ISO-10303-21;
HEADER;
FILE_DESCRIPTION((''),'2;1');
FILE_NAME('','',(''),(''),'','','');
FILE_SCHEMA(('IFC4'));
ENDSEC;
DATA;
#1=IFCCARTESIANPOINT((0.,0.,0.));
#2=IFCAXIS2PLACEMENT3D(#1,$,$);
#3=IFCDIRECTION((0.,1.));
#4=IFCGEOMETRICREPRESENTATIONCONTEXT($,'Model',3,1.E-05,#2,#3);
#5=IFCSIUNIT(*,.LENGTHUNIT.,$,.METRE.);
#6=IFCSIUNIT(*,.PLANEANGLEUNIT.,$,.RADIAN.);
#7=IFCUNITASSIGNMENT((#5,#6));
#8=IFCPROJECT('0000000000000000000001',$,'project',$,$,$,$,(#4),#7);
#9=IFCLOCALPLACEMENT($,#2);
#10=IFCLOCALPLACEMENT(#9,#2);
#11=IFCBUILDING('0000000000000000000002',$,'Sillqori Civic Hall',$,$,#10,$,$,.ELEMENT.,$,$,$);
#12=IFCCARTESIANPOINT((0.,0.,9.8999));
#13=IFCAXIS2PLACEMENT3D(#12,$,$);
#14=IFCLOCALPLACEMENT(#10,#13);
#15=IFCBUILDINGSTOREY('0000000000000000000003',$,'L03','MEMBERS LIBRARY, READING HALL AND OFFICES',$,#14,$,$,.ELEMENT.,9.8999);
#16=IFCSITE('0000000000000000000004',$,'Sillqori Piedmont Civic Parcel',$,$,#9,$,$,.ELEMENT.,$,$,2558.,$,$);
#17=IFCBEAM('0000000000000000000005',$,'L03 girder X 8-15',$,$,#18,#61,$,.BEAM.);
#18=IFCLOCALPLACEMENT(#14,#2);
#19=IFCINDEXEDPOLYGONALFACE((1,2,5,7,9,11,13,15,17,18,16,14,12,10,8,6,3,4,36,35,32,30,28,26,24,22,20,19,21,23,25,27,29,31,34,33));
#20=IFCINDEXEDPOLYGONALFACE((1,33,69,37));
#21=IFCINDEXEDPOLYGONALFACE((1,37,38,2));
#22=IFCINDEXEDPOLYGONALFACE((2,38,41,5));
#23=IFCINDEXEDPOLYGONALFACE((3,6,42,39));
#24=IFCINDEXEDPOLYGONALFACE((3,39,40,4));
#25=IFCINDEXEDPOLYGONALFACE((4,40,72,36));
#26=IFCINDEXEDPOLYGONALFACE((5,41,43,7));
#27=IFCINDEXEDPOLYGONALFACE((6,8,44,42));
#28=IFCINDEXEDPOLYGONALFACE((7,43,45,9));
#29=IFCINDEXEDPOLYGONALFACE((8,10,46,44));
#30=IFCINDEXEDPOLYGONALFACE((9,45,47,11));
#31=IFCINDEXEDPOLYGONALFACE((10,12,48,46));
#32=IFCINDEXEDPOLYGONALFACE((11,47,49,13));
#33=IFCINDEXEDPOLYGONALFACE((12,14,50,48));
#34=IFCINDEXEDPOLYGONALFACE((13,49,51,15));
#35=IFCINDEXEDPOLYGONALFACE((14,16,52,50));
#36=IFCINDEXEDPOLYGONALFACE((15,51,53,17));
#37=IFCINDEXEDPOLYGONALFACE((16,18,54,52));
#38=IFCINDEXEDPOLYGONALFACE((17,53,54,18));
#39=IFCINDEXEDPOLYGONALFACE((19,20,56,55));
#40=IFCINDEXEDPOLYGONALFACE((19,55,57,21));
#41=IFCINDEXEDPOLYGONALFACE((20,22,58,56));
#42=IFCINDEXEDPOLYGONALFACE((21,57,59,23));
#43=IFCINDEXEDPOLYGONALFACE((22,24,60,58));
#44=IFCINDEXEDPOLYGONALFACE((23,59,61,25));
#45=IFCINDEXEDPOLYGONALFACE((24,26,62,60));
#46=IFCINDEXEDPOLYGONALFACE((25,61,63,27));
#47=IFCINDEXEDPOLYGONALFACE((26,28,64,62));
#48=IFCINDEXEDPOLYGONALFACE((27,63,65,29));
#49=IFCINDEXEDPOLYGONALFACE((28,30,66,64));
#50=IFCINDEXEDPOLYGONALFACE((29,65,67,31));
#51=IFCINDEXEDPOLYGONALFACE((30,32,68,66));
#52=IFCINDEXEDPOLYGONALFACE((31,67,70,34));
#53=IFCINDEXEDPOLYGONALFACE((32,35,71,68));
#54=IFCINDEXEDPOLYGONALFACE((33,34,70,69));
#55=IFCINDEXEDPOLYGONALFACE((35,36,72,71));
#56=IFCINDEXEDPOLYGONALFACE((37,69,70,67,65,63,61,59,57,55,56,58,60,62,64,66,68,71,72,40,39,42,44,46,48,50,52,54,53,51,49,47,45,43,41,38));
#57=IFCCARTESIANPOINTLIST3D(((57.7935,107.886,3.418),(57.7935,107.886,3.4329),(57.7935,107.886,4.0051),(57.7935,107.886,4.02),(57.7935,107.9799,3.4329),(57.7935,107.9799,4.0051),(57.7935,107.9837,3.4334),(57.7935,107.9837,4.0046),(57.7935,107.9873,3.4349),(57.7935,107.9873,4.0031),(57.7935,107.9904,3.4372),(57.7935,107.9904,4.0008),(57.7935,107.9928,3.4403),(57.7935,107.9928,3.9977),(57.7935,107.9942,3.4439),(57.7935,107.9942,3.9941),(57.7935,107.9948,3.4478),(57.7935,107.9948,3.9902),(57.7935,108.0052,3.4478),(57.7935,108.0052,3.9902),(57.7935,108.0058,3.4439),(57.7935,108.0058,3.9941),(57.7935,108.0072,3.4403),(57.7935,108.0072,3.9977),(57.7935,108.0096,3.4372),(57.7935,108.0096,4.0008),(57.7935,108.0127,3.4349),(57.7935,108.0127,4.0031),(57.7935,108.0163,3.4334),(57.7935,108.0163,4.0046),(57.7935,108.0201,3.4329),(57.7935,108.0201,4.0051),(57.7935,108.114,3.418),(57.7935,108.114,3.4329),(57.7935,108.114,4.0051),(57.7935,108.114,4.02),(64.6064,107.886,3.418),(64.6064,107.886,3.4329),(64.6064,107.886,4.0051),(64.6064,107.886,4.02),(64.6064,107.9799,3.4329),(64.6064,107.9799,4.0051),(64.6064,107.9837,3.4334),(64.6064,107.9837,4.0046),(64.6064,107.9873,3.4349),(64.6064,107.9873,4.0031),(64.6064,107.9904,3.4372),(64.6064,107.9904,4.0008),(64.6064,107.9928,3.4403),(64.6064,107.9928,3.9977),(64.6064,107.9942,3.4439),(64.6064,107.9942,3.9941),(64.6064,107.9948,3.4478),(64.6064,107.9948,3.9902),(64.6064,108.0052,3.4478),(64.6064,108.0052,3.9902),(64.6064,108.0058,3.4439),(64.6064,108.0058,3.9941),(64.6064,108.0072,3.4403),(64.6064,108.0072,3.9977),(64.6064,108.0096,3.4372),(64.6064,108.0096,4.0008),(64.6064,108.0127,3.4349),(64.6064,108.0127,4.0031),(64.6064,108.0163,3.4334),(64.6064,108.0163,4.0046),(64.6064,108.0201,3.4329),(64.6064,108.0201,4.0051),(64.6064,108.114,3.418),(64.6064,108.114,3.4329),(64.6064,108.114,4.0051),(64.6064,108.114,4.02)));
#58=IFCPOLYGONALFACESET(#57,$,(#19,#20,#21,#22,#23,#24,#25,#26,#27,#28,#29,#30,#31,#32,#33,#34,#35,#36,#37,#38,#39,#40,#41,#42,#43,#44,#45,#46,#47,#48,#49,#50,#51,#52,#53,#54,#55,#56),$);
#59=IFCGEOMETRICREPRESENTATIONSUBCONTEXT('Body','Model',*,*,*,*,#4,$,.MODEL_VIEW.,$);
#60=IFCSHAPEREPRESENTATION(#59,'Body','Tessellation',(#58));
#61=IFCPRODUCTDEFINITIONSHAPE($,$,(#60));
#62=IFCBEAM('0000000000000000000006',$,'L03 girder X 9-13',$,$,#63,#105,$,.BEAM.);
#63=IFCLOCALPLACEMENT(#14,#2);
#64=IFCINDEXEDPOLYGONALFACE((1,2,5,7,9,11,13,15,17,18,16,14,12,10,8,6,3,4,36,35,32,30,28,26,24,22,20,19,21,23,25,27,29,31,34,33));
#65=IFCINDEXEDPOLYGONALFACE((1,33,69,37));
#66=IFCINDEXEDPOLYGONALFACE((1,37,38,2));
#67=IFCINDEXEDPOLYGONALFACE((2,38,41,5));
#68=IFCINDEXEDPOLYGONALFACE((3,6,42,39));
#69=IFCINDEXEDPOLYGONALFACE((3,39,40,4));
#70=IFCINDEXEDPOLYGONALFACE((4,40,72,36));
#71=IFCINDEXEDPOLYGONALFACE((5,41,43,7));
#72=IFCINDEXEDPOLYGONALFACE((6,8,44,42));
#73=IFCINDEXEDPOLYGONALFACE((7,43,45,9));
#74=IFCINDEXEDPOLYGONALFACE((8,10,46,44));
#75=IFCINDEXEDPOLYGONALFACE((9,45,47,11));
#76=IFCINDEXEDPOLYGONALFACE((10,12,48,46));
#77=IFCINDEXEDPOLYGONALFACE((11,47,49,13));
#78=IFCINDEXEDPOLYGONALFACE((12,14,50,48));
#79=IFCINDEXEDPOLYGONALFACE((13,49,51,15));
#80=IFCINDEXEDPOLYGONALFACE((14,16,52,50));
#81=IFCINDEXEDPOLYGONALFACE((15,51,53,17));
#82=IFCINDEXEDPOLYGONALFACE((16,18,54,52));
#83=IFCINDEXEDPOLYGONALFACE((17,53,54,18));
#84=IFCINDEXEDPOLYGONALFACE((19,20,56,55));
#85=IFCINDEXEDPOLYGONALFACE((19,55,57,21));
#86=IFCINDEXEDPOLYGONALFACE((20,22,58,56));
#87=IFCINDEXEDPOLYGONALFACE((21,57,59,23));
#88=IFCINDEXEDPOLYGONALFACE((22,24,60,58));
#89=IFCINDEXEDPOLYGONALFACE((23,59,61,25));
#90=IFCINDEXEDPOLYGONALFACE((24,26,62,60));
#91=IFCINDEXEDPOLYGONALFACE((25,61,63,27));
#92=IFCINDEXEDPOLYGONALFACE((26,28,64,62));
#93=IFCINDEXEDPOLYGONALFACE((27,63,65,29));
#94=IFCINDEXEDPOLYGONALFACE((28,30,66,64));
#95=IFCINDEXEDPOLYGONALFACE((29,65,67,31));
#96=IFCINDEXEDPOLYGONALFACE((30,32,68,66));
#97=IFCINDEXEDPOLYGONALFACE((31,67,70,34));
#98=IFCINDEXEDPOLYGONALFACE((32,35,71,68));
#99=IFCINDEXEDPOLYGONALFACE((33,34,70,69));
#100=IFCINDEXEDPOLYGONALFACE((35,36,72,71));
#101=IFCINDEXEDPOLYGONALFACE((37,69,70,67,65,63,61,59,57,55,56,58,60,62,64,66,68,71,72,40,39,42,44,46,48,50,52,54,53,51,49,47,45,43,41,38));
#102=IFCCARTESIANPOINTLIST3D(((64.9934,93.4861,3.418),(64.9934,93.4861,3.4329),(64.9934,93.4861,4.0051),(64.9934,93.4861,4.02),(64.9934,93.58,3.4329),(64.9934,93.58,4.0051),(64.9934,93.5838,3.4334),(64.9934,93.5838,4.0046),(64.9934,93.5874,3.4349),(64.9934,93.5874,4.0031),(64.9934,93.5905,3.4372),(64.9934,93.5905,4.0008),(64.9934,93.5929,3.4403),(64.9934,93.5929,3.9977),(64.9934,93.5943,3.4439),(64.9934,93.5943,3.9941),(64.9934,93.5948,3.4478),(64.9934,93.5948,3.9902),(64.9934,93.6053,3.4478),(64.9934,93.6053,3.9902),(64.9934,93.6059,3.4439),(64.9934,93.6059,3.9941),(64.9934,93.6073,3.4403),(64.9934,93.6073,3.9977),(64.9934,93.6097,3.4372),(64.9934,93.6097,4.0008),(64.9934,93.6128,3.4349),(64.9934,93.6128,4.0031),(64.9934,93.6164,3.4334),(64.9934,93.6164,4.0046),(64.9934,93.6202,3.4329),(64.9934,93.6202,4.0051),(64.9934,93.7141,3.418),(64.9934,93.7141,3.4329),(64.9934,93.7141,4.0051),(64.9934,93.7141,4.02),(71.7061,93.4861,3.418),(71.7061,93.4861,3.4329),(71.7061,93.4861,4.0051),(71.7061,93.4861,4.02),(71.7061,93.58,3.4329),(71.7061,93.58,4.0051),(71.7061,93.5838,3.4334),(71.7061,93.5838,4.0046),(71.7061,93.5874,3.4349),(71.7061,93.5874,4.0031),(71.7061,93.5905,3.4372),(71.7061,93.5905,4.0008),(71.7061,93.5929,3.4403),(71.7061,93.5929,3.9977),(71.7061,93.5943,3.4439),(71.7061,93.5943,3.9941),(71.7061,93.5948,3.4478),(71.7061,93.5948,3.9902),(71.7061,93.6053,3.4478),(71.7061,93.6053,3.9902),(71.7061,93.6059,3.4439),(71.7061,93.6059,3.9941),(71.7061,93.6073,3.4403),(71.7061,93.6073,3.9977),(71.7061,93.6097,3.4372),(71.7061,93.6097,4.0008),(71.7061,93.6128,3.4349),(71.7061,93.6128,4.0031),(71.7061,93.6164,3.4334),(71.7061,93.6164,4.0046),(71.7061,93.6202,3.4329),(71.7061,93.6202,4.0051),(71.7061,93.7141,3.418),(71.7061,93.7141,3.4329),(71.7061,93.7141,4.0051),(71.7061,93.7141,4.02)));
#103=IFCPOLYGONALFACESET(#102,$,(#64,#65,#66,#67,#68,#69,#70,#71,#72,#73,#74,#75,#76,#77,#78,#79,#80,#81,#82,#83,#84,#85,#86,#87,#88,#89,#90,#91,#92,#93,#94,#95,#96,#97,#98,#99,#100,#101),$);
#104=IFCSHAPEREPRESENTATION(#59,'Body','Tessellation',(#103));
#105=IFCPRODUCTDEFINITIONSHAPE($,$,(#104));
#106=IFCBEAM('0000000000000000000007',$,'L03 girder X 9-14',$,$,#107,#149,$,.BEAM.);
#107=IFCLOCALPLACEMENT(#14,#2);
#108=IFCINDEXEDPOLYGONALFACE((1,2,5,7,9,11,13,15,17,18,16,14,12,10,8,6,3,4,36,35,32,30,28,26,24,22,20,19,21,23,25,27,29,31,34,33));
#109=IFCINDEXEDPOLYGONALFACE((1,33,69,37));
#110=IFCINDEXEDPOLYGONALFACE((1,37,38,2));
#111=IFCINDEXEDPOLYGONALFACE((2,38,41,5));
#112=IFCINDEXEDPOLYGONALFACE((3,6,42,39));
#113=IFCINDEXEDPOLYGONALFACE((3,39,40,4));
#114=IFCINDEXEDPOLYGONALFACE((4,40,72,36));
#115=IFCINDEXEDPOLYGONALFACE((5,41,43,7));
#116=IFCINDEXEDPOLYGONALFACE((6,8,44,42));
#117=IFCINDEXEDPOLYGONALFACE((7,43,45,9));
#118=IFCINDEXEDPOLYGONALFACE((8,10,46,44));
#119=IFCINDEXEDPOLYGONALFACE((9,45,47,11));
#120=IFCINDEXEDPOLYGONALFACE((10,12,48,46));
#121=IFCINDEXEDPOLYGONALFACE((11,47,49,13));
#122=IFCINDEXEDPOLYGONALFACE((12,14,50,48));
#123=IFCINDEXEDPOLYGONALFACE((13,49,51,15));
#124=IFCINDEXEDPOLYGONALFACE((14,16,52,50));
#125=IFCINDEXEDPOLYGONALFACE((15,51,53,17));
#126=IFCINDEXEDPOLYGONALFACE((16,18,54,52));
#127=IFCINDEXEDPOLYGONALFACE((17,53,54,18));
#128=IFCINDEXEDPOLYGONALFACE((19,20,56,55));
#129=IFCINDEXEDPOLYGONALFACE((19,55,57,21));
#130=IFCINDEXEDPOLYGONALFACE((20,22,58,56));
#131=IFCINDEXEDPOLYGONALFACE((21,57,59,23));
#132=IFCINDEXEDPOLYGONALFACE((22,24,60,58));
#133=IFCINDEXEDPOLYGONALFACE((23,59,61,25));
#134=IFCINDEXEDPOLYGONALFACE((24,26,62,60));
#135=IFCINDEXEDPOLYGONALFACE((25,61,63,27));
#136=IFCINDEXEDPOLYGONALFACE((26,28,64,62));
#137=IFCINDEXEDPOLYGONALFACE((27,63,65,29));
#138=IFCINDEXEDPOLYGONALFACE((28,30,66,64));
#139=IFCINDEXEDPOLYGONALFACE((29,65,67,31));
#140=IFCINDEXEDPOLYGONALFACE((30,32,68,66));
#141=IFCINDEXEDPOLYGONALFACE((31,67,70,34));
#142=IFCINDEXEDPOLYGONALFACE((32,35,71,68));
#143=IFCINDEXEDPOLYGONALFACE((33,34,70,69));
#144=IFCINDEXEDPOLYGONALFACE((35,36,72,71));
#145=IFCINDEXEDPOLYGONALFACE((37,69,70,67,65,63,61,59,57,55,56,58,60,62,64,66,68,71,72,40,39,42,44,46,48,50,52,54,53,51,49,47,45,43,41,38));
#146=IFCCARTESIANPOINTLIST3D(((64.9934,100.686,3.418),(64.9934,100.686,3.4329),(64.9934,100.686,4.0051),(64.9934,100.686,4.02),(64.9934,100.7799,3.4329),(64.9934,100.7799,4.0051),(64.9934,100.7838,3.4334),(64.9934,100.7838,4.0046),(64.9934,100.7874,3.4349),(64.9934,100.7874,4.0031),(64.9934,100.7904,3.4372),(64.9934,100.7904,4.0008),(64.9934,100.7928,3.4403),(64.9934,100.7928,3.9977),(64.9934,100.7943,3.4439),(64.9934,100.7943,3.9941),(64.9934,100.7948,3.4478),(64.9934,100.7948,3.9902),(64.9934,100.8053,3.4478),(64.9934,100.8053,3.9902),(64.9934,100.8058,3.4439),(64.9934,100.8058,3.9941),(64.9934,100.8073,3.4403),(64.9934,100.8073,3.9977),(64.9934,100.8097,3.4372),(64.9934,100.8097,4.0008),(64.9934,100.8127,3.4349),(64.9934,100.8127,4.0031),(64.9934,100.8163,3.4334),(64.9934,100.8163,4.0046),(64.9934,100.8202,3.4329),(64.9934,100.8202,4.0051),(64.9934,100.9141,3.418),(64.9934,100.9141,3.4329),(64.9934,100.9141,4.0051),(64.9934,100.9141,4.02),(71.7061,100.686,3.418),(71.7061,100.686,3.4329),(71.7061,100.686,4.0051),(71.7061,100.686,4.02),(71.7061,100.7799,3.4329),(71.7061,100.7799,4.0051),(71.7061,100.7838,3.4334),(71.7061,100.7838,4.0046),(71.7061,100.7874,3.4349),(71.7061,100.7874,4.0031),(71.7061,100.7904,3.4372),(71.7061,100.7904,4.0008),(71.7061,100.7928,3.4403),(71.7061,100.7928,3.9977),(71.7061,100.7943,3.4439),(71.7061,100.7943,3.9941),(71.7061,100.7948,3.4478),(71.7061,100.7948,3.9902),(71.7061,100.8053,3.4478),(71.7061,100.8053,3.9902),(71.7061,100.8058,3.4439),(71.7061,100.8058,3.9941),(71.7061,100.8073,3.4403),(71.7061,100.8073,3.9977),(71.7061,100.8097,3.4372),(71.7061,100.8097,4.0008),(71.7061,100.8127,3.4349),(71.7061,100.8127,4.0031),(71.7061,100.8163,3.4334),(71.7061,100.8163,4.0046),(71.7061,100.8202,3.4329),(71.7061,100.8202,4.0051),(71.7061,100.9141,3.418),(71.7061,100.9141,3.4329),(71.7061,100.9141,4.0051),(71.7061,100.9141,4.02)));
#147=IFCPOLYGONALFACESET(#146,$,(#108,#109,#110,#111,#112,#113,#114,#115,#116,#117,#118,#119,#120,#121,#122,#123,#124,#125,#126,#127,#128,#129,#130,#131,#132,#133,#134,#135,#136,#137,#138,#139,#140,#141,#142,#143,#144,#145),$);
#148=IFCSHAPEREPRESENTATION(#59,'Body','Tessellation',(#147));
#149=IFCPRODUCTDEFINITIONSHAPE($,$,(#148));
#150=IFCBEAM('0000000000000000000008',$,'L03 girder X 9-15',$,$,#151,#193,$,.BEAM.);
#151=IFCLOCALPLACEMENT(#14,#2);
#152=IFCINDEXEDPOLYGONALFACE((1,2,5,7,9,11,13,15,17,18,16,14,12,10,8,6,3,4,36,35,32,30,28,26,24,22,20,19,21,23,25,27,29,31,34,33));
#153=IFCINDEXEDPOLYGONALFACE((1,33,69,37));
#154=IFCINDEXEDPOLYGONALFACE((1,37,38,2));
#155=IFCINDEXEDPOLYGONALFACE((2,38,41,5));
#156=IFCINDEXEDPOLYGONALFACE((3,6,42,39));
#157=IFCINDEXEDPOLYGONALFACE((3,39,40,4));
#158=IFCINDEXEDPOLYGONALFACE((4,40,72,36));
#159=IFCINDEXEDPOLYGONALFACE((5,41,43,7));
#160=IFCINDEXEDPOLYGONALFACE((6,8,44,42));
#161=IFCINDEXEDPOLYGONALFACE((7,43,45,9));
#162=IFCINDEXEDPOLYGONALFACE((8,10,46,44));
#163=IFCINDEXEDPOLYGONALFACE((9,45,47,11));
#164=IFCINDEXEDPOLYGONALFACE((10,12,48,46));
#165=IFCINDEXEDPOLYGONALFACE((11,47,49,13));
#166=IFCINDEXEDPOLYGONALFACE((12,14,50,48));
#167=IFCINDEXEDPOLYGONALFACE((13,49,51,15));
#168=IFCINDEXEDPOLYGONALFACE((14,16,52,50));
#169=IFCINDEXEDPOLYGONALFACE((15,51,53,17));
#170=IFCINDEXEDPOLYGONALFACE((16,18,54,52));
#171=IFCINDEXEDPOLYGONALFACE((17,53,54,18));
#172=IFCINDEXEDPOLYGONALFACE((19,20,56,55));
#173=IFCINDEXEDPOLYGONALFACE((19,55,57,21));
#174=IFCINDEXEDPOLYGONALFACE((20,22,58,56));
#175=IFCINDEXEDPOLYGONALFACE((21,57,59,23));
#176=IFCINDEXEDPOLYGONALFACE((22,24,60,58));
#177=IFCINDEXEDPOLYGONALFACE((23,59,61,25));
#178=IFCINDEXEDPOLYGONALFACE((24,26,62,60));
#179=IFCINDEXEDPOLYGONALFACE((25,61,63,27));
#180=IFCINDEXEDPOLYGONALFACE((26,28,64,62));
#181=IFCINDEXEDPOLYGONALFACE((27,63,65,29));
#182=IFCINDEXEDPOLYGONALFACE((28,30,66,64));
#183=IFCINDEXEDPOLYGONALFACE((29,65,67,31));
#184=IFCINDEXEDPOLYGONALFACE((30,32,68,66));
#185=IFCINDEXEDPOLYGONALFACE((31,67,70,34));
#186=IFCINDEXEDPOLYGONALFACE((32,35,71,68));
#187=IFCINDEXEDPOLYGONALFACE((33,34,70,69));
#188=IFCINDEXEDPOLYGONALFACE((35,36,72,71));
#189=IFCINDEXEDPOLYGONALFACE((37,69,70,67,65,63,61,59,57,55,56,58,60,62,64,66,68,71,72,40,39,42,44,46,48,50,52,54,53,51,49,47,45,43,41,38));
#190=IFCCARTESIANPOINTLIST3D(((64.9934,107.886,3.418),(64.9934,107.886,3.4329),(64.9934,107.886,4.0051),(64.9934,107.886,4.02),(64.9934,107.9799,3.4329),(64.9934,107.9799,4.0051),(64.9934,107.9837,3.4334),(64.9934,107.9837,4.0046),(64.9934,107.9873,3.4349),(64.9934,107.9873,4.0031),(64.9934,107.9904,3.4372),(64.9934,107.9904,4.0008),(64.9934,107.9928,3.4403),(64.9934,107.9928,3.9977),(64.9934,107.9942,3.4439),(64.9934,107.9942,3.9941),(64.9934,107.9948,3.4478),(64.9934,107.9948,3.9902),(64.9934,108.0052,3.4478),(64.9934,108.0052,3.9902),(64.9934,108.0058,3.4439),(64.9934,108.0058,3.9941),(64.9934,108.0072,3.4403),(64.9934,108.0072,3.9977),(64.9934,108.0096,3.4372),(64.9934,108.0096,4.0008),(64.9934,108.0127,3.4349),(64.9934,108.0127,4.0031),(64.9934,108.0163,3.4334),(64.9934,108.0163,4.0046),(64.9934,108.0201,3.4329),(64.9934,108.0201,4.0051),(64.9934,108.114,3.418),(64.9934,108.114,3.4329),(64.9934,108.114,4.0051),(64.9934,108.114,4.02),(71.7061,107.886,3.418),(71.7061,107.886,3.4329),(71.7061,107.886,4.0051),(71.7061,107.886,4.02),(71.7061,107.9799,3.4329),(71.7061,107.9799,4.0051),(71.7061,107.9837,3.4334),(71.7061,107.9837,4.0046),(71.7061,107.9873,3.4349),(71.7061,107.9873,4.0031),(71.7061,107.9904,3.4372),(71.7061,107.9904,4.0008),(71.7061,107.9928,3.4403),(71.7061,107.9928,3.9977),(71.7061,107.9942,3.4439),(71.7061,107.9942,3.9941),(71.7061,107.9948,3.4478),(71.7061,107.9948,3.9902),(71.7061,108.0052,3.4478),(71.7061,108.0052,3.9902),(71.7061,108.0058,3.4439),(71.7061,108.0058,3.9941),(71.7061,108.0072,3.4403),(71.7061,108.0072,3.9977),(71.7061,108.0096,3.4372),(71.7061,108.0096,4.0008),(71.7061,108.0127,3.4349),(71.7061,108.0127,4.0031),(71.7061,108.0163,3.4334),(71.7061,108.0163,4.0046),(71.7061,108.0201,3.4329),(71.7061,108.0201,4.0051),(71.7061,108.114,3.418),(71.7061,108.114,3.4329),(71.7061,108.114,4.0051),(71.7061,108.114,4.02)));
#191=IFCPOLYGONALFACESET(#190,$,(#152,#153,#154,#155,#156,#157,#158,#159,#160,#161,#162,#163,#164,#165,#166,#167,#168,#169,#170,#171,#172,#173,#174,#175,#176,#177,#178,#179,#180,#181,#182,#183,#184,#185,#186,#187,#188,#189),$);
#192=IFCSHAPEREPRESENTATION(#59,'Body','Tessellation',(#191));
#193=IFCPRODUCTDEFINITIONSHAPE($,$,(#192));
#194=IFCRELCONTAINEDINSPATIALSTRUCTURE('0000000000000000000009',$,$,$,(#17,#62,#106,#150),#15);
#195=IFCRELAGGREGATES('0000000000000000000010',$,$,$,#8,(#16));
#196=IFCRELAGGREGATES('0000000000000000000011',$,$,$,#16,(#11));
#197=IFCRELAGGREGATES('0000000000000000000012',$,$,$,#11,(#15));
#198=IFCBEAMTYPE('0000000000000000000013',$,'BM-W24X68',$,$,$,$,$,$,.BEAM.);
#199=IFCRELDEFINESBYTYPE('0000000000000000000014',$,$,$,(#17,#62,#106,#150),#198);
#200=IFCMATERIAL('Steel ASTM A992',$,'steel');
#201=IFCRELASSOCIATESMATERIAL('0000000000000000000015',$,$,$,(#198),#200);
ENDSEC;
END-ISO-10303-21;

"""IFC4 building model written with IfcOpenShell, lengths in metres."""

from ifc_helpers import new_model, si_unit, direction, frame, origin, origin_2d, place, context, subcontext, project, spatial, i_section, extrude, material, material_profile, profile_set, type_object, element, save


model = new_model("IFC4")

# Units and contexts
model_context = context("Model", 3, precision=1e-05, world=origin(), true_north=direction((0.0, 1.0)))
body_context = subcontext(model_context, "Body", "Model", "MODEL_VIEW")
ifc_project = project(units=[si_unit("LENGTHUNIT", "METRE"), si_unit("PLANEANGLEUNIT", "RADIAN")], contexts=[model_context])

# Site, building, storey
site_placement = place(None, origin())
site = spatial("IfcSite", under=ifc_project, at=site_placement, Name="Sillqori Piedmont Civic Parcel", CompositionType="ELEMENT", RefElevation=2558.0)
building_placement = place(site_placement, origin())
building = spatial("IfcBuilding", under=site, at=building_placement, Name="Sillqori Civic Hall", CompositionType="ELEMENT")
storey_placement = place(building_placement, frame((0.0, 0.0, 9.8999)))
storey = spatial("IfcBuildingStorey", under=building, at=storey_placement, Name="L03", Description="MEMBERS LIBRARY, READING HALL AND OFFICES", CompositionType="ELEMENT", Elevation=9.8999)

# Shared definitions
ifc_material_1 = material(Name="Steel ASTM A992", Category="steel")

# Beams
ifc_material_profile_1 = material_profile(ifc_material_1, i_section(OverallWidth=0.228, OverallDepth=0.6021, WebThickness=0.0105, FlangeThickness=0.0149, FilletRadius=0.0149, at=origin_2d()), Name="W24X68")
ifc_profile_set_1 = profile_set([ifc_material_profile_1], Name="Steel ASTM A992")
beam_type_1 = type_object("IfcBeamType", Name="BM-W24X68", PredefinedType="BEAM", material=ifc_profile_set_1)
for number, where, z_axis, x_axis, name in (
    (1, (57.7935, 108.0, 3.719), (1.0, 0.0, 0.0), (0.0, 1.0, 0.0), "L03 girder X 8-15"),
):
    element("IfcBeam", number, at=place(storey_placement, frame(where, z_axis=z_axis, x_axis=x_axis)), inside=storey, type_object=beam_type_1, Name=name, PredefinedType="BEAM", context=body_context, shape_type="SweptSolid", body=[
        extrude(i_section(OverallWidth=0.228, OverallDepth=0.6021, WebThickness=0.0105, FlangeThickness=0.0149, FilletRadius=0.0149, at=origin_2d()), origin(), (0.0, 0.0, 1.0), 6.813),
    ])
for number, where, z_axis, x_axis, name in (
    (2, (64.9934, 93.6001, 3.719), (1.0, 0.0, 0.0), (0.0, 1.0, 0.0), "L03 girder X 9-13"),
    (3, (64.9934, 100.8, 3.719), (1.0, 0.0, 0.0), (0.0, 1.0, 0.0), "L03 girder X 9-14"),
    (4, (64.9934, 108.0, 3.719), (1.0, 0.0, 0.0), (0.0, 1.0, 0.0), "L03 girder X 9-15"),
):
    element("IfcBeam", number, at=place(storey_placement, frame(where, z_axis=z_axis, x_axis=x_axis)), inside=storey, type_object=beam_type_1, Name=name, PredefinedType="BEAM", context=body_context, shape_type="SweptSolid", body=[
        extrude(i_section(OverallWidth=0.228, OverallDepth=0.6021, WebThickness=0.0105, FlangeThickness=0.0149, FilletRadius=0.0149, at=origin_2d()), origin(), (0.0, 0.0, 1.0), 6.7126),
    ])

save(model, "model.ifc")
